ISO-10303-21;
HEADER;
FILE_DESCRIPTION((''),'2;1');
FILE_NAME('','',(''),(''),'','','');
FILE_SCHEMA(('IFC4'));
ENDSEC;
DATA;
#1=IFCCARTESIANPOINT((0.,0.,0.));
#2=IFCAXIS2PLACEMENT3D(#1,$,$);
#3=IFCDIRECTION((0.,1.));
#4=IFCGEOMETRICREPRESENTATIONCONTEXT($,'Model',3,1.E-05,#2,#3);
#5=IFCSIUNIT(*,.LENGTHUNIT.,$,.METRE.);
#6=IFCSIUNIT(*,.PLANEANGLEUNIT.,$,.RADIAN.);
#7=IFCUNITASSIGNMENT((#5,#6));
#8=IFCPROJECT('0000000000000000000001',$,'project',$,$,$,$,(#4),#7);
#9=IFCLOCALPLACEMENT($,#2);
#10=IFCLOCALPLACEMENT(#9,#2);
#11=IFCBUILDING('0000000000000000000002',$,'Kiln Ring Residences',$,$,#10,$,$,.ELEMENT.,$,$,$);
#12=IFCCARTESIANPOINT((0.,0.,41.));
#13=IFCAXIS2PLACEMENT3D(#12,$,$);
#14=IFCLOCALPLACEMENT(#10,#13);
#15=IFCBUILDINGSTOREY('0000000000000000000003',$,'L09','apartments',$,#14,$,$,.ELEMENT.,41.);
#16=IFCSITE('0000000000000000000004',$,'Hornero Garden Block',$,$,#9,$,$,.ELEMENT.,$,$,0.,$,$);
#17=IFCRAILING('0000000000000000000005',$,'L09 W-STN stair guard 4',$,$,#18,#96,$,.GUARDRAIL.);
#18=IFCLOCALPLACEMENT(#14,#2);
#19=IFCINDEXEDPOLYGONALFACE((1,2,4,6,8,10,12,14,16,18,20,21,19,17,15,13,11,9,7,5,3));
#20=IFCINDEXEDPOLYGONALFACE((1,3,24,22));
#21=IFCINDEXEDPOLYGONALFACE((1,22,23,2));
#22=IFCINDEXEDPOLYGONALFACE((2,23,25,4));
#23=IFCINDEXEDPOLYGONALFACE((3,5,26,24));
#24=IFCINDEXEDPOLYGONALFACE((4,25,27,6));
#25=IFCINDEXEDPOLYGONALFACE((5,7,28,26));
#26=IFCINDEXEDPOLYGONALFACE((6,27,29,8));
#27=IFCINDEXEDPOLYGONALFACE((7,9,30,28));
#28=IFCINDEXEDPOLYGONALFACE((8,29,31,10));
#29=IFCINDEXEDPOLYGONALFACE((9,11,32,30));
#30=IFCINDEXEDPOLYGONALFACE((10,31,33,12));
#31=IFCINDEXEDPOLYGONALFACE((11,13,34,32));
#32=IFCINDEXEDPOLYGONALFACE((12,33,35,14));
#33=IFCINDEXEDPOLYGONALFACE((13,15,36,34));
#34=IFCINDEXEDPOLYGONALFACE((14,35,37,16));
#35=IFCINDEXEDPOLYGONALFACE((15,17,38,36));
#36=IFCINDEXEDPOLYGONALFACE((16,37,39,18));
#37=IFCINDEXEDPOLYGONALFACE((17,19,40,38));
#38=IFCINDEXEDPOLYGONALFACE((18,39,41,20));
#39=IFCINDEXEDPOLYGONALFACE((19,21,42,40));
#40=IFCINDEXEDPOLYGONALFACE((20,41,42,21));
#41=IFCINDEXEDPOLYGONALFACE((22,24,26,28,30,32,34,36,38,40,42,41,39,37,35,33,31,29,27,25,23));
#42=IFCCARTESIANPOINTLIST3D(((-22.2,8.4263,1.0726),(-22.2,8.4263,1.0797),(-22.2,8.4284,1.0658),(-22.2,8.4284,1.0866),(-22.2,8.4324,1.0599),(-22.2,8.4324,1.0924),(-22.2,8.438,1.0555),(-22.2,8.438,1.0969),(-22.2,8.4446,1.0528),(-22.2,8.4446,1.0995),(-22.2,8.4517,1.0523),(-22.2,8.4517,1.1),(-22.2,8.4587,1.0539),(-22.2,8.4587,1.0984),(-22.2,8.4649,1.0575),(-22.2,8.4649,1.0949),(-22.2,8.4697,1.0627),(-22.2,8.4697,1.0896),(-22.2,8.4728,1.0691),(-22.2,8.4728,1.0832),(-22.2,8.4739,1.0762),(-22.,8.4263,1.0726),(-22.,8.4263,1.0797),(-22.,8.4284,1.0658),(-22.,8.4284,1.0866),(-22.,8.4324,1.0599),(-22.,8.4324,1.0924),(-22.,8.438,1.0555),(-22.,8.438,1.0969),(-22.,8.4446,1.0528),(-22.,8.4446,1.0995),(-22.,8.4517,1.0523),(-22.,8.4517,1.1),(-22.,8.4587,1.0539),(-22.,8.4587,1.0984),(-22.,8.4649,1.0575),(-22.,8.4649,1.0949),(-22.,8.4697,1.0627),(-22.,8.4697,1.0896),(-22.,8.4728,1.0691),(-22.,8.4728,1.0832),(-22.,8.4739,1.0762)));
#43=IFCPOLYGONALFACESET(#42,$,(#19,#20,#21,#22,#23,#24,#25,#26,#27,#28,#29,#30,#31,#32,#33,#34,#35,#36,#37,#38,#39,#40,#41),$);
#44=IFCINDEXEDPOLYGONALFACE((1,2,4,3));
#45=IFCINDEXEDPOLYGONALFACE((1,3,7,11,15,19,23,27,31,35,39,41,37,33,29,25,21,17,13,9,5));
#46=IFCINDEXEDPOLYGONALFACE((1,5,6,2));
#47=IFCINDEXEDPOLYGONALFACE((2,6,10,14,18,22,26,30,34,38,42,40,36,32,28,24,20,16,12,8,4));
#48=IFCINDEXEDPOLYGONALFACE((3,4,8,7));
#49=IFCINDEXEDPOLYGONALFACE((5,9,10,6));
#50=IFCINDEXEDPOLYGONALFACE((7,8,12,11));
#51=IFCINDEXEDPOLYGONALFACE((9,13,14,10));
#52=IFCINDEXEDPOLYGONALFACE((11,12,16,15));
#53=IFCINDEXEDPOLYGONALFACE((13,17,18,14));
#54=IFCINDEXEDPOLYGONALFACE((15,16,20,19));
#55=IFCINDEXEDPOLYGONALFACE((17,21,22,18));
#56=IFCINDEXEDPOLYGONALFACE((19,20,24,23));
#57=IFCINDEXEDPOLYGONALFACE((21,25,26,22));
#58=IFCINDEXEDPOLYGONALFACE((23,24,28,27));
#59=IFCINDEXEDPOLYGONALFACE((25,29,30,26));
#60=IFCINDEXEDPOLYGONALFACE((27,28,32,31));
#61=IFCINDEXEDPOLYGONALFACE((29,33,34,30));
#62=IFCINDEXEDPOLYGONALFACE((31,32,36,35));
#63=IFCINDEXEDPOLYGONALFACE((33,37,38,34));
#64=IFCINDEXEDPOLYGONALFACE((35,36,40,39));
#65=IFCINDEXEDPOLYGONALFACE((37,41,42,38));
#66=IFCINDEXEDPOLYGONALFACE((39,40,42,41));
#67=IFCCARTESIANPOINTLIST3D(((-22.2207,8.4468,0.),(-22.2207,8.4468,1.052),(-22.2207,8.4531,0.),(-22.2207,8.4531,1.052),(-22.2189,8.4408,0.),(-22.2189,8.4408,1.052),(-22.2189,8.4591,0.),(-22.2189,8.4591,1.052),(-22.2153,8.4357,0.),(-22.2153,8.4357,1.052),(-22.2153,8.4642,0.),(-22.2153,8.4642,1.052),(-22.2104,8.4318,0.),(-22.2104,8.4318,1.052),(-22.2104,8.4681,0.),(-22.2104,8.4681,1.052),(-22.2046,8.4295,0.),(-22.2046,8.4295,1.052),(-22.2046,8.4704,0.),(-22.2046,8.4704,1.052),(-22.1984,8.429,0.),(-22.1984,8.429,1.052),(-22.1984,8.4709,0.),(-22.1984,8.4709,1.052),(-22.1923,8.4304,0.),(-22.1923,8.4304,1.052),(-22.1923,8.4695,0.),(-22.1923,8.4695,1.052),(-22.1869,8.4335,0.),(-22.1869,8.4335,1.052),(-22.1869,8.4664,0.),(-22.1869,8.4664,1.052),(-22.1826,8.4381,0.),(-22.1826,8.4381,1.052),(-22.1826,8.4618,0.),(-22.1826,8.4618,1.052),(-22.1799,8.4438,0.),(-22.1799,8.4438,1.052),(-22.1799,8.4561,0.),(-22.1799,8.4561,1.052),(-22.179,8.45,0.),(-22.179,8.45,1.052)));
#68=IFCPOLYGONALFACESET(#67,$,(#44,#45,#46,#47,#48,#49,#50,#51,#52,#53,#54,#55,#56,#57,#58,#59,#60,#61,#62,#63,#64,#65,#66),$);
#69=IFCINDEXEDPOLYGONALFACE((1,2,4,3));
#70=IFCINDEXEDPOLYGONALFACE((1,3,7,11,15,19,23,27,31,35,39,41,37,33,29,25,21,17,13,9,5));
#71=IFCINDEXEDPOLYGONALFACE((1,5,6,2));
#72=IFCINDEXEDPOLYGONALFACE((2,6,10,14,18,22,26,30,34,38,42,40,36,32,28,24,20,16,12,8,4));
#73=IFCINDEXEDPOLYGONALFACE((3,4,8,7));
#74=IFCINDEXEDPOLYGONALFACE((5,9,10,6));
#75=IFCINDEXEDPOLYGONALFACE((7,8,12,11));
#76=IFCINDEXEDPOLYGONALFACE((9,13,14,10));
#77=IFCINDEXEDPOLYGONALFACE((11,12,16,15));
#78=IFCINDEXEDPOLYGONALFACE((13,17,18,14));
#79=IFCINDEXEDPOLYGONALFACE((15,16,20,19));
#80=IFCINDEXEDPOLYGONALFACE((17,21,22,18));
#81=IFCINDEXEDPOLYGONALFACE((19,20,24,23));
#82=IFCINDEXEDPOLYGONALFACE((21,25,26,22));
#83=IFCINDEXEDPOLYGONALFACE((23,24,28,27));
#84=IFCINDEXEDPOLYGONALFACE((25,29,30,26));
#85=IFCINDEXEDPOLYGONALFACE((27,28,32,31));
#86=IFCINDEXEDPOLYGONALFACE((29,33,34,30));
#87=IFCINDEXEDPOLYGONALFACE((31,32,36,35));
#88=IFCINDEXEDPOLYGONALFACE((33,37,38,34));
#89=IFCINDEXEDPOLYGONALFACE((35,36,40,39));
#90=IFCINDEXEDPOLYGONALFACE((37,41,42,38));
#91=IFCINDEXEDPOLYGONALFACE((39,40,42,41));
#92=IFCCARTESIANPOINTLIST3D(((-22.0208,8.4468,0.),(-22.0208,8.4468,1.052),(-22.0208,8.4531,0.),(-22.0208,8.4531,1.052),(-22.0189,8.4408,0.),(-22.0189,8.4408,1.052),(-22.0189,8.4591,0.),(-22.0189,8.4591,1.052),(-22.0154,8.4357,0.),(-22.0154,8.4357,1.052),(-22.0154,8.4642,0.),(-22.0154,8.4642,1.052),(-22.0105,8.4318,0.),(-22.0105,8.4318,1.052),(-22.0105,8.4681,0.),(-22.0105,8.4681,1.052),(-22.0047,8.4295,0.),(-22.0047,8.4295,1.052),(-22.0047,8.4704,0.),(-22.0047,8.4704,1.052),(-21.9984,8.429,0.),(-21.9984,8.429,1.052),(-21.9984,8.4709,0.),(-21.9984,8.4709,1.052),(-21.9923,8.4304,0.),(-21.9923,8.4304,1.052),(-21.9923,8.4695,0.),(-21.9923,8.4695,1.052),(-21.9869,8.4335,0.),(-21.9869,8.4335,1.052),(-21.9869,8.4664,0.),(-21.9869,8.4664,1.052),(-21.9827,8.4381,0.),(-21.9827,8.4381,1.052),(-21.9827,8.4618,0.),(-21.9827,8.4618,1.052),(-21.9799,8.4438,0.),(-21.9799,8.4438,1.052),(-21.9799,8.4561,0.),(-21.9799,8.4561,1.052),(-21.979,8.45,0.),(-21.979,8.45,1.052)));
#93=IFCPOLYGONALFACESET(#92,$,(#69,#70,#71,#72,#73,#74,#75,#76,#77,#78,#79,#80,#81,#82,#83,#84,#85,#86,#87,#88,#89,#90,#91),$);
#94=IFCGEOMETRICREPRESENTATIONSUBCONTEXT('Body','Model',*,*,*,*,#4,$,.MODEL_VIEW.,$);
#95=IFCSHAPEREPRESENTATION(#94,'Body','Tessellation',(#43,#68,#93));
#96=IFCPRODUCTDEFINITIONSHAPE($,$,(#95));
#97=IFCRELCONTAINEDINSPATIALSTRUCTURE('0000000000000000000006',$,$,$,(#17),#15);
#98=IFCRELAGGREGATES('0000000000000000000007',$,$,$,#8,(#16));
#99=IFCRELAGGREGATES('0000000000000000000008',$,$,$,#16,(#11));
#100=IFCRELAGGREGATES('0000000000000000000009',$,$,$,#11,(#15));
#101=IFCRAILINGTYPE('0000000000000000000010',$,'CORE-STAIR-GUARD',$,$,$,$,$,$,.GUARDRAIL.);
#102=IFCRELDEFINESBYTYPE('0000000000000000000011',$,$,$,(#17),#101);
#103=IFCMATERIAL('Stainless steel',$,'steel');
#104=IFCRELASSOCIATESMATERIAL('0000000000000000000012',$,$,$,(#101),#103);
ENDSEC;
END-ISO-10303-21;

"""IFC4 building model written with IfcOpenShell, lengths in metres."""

from ifc_helpers import new_model, si_unit, direction, frame, origin, origin_2d, place, context, subcontext, project, spatial, circle, extrude, material, type_object, element, save


model = new_model("IFC4")

# Units and contexts
model_context = context("Model", 3, precision=1e-05, world=origin(), true_north=direction((0.0, 1.0)))
body_context = subcontext(model_context, "Body", "Model", "MODEL_VIEW")
ifc_project = project(units=[si_unit("LENGTHUNIT", "METRE"), si_unit("PLANEANGLEUNIT", "RADIAN")], contexts=[model_context])

# Site, building, storey
site_placement = place(None, origin())
site = spatial("IfcSite", under=ifc_project, at=site_placement, Name="Hornero Garden Block", CompositionType="ELEMENT", RefElevation=0.0)
building_placement = place(site_placement, origin())
building = spatial("IfcBuilding", under=site, at=building_placement, Name="Kiln Ring Residences", CompositionType="ELEMENT")
storey_placement = place(building_placement, frame((0.0, 0.0, 41.0)))
storey = spatial("IfcBuildingStorey", under=building, at=storey_placement, Name="L09", Description="apartments", CompositionType="ELEMENT", Elevation=41.0)

# Railing
ifc_material_1 = material(Name="Stainless steel", Category="steel")
railing_type_1 = type_object("IfcRailingType", Name="CORE-STAIR-GUARD", PredefinedType="GUARDRAIL", material=ifc_material_1)
railing_1_placement = place(storey_placement, frame((-22.2, 8.45, 0.0)))
element("IfcRailing", 1, at=railing_1_placement, inside=storey, type_object=railing_type_1, Name="L09 W-STN stair guard 4", PredefinedType="GUARDRAIL", context=body_context, shape_type="SweptSolid", body=[
    extrude(circle(Radius=0.0239, at=origin_2d()), frame((0.0, 0.0, 1.0762), z_axis=(1.0, 0.0, 0.0), x_axis=(0.0, 1.0, 0.0)), (0.0, 0.0, 1.0), 0.2),
    extrude(circle(Radius=0.021, at=origin_2d()), origin(), (0.0, 0.0, 1.0), 1.052),
    extrude(circle(Radius=0.021, at=origin_2d()), frame((0.2, 0.0, 0.0)), (0.0, 0.0, 1.0), 1.052),
])

save(model, "model.ifc")
